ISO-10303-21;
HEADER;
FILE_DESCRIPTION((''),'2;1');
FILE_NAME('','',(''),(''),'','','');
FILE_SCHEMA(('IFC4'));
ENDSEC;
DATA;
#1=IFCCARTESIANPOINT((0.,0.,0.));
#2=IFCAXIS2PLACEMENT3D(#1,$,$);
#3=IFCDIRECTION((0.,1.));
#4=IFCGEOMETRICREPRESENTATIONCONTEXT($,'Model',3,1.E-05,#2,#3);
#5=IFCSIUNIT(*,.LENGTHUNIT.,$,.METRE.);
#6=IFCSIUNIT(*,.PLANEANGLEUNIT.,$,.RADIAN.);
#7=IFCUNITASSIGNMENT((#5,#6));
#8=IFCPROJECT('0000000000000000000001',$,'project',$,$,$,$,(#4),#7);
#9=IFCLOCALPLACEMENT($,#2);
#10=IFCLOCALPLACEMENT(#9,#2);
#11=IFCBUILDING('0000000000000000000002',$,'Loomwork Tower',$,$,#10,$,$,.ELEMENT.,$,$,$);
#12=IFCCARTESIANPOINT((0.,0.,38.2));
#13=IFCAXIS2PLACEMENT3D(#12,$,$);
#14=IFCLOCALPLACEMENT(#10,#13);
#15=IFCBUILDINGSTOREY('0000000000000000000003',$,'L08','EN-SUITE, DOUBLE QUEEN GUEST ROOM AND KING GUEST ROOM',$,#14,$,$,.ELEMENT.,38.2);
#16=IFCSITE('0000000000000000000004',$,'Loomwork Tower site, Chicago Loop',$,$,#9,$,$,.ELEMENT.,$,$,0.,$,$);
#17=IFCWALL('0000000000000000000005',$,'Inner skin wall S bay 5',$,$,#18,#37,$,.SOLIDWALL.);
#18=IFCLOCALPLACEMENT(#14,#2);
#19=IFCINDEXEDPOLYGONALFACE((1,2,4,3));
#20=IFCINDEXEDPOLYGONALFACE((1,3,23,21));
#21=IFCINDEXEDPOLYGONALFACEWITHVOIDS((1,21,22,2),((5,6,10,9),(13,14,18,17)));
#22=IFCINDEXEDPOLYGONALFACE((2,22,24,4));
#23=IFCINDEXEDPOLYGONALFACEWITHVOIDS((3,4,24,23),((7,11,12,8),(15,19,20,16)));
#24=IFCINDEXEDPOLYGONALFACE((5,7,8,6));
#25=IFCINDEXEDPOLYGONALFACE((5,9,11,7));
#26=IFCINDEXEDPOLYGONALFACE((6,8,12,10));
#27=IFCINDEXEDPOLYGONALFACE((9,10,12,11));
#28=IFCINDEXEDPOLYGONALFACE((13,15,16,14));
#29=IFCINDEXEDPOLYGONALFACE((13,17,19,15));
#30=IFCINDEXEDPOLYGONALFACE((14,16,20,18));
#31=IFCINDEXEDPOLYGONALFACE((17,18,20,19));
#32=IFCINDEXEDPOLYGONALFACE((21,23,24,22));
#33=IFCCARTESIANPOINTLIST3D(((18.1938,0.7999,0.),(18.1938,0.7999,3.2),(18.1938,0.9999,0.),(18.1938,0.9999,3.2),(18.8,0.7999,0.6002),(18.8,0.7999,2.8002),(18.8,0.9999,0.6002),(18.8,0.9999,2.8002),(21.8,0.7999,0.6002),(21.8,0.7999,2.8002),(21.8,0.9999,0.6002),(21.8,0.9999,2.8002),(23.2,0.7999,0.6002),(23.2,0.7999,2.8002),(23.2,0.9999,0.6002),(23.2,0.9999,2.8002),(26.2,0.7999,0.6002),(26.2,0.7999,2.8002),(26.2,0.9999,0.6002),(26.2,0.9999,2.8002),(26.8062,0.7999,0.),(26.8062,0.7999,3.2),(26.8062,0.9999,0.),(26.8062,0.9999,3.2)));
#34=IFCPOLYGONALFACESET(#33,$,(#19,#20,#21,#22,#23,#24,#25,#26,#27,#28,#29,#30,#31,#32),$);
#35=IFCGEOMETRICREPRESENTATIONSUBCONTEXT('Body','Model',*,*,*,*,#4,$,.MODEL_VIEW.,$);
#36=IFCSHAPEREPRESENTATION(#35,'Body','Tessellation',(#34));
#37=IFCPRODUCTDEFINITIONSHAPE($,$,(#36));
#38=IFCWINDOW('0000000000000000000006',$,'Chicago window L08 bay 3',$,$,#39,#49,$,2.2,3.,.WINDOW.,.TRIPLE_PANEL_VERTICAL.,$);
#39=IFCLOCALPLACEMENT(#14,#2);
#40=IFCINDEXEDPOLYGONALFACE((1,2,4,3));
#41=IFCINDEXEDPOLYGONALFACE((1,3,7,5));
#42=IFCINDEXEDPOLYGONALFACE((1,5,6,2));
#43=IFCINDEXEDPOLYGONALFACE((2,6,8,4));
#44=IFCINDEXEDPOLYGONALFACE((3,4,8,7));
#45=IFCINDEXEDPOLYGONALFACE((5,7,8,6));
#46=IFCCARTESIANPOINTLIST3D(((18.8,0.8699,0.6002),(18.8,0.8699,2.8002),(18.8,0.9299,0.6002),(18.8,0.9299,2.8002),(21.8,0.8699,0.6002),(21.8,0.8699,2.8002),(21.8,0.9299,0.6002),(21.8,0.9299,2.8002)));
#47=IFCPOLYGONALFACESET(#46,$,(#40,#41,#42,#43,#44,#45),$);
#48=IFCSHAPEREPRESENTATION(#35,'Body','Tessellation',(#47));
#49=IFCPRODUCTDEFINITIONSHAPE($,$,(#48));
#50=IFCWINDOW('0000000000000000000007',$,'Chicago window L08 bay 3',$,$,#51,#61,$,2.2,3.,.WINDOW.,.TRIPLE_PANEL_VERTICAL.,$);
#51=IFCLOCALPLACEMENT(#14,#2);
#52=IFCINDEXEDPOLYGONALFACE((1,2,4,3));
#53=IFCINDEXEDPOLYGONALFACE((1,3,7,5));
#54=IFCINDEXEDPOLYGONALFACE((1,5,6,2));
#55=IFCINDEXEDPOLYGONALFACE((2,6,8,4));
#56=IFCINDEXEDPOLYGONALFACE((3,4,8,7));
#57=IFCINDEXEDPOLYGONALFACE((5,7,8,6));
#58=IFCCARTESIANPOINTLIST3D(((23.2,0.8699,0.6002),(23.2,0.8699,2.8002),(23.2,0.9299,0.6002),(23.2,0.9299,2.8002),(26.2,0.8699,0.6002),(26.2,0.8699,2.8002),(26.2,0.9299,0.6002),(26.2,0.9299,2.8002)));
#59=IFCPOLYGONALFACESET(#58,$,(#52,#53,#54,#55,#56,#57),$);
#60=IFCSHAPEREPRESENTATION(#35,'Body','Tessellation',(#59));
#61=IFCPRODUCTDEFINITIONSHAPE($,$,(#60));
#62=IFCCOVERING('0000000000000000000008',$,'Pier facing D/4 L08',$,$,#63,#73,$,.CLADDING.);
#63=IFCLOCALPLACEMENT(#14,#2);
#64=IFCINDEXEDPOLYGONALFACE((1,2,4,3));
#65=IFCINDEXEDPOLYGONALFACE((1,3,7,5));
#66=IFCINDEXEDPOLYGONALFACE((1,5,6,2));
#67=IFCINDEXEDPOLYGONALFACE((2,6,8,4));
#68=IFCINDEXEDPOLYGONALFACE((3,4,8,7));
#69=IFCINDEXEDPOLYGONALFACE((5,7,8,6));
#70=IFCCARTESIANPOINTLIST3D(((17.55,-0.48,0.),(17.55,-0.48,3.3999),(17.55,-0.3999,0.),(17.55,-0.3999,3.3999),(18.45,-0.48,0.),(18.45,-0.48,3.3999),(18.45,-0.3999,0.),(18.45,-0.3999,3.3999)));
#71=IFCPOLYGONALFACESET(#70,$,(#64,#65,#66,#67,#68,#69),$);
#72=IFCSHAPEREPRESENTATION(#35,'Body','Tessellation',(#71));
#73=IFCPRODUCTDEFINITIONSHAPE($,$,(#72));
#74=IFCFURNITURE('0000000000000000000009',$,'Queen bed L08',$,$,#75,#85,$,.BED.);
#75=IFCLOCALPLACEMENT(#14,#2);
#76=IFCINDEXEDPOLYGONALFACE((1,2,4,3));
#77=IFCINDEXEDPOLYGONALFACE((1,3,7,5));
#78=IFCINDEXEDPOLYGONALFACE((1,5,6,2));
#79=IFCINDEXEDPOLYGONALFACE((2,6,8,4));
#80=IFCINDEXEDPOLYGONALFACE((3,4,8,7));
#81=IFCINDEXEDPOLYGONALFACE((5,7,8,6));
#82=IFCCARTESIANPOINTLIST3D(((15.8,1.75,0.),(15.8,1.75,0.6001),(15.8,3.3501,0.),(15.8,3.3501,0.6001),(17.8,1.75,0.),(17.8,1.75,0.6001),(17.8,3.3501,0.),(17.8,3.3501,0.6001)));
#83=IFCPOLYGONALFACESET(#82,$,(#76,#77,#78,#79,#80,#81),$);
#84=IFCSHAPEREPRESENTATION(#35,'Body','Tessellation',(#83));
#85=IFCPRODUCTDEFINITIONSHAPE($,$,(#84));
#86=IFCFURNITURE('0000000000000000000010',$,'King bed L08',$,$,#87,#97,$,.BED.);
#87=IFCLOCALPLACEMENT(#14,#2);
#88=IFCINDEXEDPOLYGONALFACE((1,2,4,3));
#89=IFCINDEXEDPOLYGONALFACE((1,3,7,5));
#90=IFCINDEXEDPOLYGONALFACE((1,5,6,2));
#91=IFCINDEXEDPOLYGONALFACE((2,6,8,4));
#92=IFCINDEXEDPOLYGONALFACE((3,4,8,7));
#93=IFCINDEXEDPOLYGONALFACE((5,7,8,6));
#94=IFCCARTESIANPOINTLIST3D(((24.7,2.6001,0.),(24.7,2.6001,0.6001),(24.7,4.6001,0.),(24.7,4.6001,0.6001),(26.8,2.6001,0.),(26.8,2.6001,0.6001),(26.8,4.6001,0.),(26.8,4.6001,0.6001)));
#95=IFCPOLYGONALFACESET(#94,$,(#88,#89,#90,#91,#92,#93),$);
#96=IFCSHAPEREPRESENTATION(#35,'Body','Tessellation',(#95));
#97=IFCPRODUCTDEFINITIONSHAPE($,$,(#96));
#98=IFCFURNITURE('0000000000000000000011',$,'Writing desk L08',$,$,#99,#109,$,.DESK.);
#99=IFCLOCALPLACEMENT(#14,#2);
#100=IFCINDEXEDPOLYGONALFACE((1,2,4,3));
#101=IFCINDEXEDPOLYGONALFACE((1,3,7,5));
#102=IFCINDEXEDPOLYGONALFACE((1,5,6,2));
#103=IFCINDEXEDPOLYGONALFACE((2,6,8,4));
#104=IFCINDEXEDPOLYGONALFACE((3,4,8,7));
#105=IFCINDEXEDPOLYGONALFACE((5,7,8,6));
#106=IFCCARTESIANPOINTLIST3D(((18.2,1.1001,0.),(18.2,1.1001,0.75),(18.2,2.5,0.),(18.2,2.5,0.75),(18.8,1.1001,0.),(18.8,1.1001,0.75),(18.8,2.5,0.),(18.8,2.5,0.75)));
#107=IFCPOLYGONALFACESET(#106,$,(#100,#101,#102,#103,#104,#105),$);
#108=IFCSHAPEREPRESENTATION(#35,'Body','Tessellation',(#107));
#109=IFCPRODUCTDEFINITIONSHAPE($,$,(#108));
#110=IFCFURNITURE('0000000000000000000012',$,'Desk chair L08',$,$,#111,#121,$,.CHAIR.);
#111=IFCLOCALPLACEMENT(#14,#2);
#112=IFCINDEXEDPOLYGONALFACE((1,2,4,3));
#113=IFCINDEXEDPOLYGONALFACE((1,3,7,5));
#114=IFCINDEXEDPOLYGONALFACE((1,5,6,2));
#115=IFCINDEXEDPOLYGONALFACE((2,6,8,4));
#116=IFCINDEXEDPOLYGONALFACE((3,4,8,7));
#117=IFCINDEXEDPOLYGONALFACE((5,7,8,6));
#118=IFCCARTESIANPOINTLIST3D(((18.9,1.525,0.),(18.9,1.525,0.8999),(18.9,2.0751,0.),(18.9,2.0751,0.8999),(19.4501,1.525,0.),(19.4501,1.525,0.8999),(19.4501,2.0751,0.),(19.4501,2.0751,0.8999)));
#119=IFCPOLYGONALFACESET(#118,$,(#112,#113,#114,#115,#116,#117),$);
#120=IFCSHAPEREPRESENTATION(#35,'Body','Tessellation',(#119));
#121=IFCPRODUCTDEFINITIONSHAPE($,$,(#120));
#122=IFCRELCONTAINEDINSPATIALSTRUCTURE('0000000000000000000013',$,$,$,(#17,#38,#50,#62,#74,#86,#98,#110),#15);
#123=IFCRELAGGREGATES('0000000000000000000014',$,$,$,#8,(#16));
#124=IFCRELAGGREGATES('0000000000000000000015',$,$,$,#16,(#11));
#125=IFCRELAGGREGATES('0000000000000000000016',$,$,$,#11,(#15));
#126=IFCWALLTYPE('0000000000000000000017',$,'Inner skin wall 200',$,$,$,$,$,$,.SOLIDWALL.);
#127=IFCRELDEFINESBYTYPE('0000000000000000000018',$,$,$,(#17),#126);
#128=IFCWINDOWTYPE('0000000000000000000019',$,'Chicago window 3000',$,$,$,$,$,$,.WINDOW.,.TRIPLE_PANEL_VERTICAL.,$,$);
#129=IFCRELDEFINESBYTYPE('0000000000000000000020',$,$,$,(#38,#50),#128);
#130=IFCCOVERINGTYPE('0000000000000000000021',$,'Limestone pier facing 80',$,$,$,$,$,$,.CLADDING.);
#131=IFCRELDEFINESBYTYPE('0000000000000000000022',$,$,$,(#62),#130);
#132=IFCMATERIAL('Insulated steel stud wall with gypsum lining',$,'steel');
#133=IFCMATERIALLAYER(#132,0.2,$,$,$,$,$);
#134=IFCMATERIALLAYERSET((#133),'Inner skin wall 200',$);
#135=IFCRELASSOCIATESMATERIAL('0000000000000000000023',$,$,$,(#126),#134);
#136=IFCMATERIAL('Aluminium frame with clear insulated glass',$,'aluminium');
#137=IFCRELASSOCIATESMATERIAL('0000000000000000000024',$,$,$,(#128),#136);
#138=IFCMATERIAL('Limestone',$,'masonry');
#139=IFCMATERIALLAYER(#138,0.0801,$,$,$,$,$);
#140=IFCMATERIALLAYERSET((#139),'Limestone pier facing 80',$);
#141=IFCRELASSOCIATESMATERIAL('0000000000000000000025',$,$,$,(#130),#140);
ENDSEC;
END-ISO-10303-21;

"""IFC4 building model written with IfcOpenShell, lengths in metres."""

from ifc_helpers import new_model, si_unit, direction, frame, frame_2d, origin, origin_2d, place, context, subcontext, project, spatial, rectangle, extrude, material, layer, layer_set, type_object, element, fill, save


model = new_model("IFC4")

# Units and contexts
model_context = context("Model", 3, precision=1e-05, world=origin(), true_north=direction((0.0, 1.0)))
body_context = subcontext(model_context, "Body", "Model", "MODEL_VIEW")
ifc_project = project(units=[si_unit("LENGTHUNIT", "METRE"), si_unit("PLANEANGLEUNIT", "RADIAN")], contexts=[model_context])

# Site, building, storey
site_placement = place(None, origin())
site = spatial("IfcSite", under=ifc_project, at=site_placement, Name="Loomwork Tower site, Chicago Loop", CompositionType="ELEMENT", RefElevation=0.0)
building_placement = place(site_placement, origin())
building = spatial("IfcBuilding", under=site, at=building_placement, Name="Loomwork Tower", CompositionType="ELEMENT")
storey_placement = place(building_placement, frame((0.0, 0.0, 38.2)))
storey = spatial("IfcBuildingStorey", under=building, at=storey_placement, Name="L08", Description="EN-SUITE, DOUBLE QUEEN GUEST ROOM AND KING GUEST ROOM", CompositionType="ELEMENT", Elevation=38.2)

# Shared definitions
ifc_material_1 = material(Name="Insulated steel stud wall with gypsum lining", Category="steel")
ifc_layer_1 = layer(ifc_material_1, 0.2)
ifc_layer_set_1 = layer_set([ifc_layer_1], Name="Inner skin wall 200")
wall_type = type_object("IfcWallType", Name="Inner skin wall 200", PredefinedType="SOLIDWALL", material=ifc_layer_set_1)

# Wall, openings, windows
wall_1_placement = place(storey_placement, frame((18.1938, 0.8999, 0.0), z_axis=(0.0, 0.0, 1.0), x_axis=(1.0, 0.0, 0.0)))
wall_1 = element("IfcWall", 1, at=wall_1_placement, inside=storey, type_object=wall_type, Name="Inner skin wall S bay 5", PredefinedType="SOLIDWALL", context=body_context, shape_type="SweptSolid", body=[
    extrude(rectangle(XDim=8.6123, YDim=0.2, at=frame_2d((4.3062, 0.0))), origin(), (0.0, 0.0, 1.0), 3.2),
])
opening_1_placement = place(wall_1_placement, frame((0.6062, 0.0, 0.6001)))
opening_1 = element("IfcOpeningElement", 2, at=opening_1_placement, cuts=wall_1, PredefinedType="OPENING", context=body_context, shape_type="SweptSolid", body=[
    extrude(rectangle(XDim=3.0, YDim=2.2, at=frame_2d((1.5, 1.1001))), frame((0.0, 0.1099, 0.0), z_axis=(0.0, -1.0, 0.0), x_axis=(1.0, 0.0, 0.0)), (0.0, 0.0, 1.0), 0.22),
])
opening_2_placement = place(wall_1_placement, frame((5.0061, 0.0, 0.6001)))
opening_2 = element("IfcOpeningElement", 3, at=opening_2_placement, cuts=wall_1, PredefinedType="OPENING", context=body_context, shape_type="SweptSolid", body=[
    extrude(rectangle(XDim=3.0, YDim=2.2, at=frame_2d((1.5, 1.1001))), frame((0.0, 0.1099, 0.0), z_axis=(0.0, -1.0, 0.0), x_axis=(1.0, 0.0, 0.0)), (0.0, 0.0, 1.0), 0.22),
])
ifc_material_2 = material(Name="Aluminium frame with clear insulated glass", Category="aluminium")
window_type = type_object("IfcWindowType", Name="Chicago window 3000", PartitioningType="TRIPLE_PANEL_VERTICAL", PredefinedType="WINDOW", material=ifc_material_2)
window_1_placement = place(opening_1_placement, origin())
window_1 = element("IfcWindow", 4, at=window_1_placement, inside=storey, type_object=window_type, Name="Chicago window L08 bay 3", OverallHeight=2.2, OverallWidth=3.0, PartitioningType="TRIPLE_PANEL_VERTICAL", PredefinedType="WINDOW", context=body_context, shape_type="SweptSolid", body=[
    extrude(rectangle(XDim=3.0, YDim=2.2, at=frame_2d((1.5, 1.1001))), frame((0.0, 0.03, 0.0), z_axis=(0.0, -1.0, 0.0), x_axis=(1.0, 0.0, 0.0)), (0.0, 0.0, 1.0), 0.0601),
])
fill(opening_1, window_1)
window_2_placement = place(opening_2_placement, origin())
window_2 = element("IfcWindow", 5, at=window_2_placement, inside=storey, type_object=window_type, Name="Chicago window L08 bay 3", OverallHeight=2.2, OverallWidth=3.0, PartitioningType="TRIPLE_PANEL_VERTICAL", PredefinedType="WINDOW", context=body_context, shape_type="SweptSolid", body=[
    extrude(rectangle(XDim=3.0, YDim=2.2, at=frame_2d((1.5, 1.1001))), frame((0.0, 0.03, 0.0), z_axis=(0.0, -1.0, 0.0), x_axis=(1.0, 0.0, 0.0)), (0.0, 0.0, 1.0), 0.0601),
])
fill(opening_2, window_2)

# Covering
ifc_material_3 = material(Name="Limestone", Category="masonry")
ifc_layer_2 = layer(ifc_material_3, 0.0801)
ifc_layer_set_2 = layer_set([ifc_layer_2], Name="Limestone pier facing 80")
covering_type = type_object("IfcCoveringType", Name="Limestone pier facing 80", PredefinedType="CLADDING", material=ifc_layer_set_2)
covering_placement = place(storey_placement, frame((18.0, -0.4399, 0.0), z_axis=(0.0, 0.0, 1.0), x_axis=(1.0, 0.0, 0.0)))
element("IfcCovering", 6, at=covering_placement, inside=storey, type_object=covering_type, Name="Pier facing D/4 L08", PredefinedType="CLADDING", context=body_context, shape_type="SweptSolid", body=[
    extrude(rectangle(XDim=0.8999, YDim=0.0801, at=origin_2d()), origin(), (0.0, 0.0, 1.0), 3.3999),
])

# Furniture
furniture_1_placement = place(storey_placement, frame((16.8, 2.55, 0.0), z_axis=(0.0, 0.0, 1.0), x_axis=(1.0, 0.0, 0.0)))
element("IfcFurniture", 7, at=furniture_1_placement, inside=storey, Name="Queen bed L08", PredefinedType="BED", context=body_context, shape_type="SweptSolid", body=[
    extrude(rectangle(XDim=2.0, YDim=1.6001, at=origin_2d()), origin(), (0.0, 0.0, 1.0), 0.6001),
])
furniture_2_placement = place(storey_placement, frame((25.75, 3.6001, 0.0), z_axis=(0.0, 0.0, 1.0), x_axis=(1.0, 0.0, 0.0)))
element("IfcFurniture", 8, at=furniture_2_placement, inside=storey, Name="King bed L08", PredefinedType="BED", context=body_context, shape_type="SweptSolid", body=[
    extrude(rectangle(XDim=2.1001, YDim=2.0, at=origin_2d()), origin(), (0.0, 0.0, 1.0), 0.6001),
])
furniture_3_placement = place(storey_placement, frame((18.5, 1.8, 0.0), z_axis=(0.0, 0.0, 1.0), x_axis=(1.0, 0.0, 0.0)))
element("IfcFurniture", 9, at=furniture_3_placement, inside=storey, Name="Writing desk L08", PredefinedType="DESK", context=body_context, shape_type="SweptSolid", body=[
    extrude(rectangle(XDim=0.6001, YDim=1.3999, at=origin_2d()), origin(), (0.0, 0.0, 1.0), 0.75),
])
furniture_4_placement = place(storey_placement, frame((19.175, 1.8, 0.0), z_axis=(0.0, 0.0, 1.0), x_axis=(1.0, 0.0, 0.0)))
element("IfcFurniture", 10, at=furniture_4_placement, inside=storey, Name="Desk chair L08", PredefinedType="CHAIR", context=body_context, shape_type="SweptSolid", body=[
    extrude(rectangle(XDim=0.55, YDim=0.55, at=origin_2d()), origin(), (0.0, 0.0, 1.0), 0.8999),
])

save(model, "model.ifc")
